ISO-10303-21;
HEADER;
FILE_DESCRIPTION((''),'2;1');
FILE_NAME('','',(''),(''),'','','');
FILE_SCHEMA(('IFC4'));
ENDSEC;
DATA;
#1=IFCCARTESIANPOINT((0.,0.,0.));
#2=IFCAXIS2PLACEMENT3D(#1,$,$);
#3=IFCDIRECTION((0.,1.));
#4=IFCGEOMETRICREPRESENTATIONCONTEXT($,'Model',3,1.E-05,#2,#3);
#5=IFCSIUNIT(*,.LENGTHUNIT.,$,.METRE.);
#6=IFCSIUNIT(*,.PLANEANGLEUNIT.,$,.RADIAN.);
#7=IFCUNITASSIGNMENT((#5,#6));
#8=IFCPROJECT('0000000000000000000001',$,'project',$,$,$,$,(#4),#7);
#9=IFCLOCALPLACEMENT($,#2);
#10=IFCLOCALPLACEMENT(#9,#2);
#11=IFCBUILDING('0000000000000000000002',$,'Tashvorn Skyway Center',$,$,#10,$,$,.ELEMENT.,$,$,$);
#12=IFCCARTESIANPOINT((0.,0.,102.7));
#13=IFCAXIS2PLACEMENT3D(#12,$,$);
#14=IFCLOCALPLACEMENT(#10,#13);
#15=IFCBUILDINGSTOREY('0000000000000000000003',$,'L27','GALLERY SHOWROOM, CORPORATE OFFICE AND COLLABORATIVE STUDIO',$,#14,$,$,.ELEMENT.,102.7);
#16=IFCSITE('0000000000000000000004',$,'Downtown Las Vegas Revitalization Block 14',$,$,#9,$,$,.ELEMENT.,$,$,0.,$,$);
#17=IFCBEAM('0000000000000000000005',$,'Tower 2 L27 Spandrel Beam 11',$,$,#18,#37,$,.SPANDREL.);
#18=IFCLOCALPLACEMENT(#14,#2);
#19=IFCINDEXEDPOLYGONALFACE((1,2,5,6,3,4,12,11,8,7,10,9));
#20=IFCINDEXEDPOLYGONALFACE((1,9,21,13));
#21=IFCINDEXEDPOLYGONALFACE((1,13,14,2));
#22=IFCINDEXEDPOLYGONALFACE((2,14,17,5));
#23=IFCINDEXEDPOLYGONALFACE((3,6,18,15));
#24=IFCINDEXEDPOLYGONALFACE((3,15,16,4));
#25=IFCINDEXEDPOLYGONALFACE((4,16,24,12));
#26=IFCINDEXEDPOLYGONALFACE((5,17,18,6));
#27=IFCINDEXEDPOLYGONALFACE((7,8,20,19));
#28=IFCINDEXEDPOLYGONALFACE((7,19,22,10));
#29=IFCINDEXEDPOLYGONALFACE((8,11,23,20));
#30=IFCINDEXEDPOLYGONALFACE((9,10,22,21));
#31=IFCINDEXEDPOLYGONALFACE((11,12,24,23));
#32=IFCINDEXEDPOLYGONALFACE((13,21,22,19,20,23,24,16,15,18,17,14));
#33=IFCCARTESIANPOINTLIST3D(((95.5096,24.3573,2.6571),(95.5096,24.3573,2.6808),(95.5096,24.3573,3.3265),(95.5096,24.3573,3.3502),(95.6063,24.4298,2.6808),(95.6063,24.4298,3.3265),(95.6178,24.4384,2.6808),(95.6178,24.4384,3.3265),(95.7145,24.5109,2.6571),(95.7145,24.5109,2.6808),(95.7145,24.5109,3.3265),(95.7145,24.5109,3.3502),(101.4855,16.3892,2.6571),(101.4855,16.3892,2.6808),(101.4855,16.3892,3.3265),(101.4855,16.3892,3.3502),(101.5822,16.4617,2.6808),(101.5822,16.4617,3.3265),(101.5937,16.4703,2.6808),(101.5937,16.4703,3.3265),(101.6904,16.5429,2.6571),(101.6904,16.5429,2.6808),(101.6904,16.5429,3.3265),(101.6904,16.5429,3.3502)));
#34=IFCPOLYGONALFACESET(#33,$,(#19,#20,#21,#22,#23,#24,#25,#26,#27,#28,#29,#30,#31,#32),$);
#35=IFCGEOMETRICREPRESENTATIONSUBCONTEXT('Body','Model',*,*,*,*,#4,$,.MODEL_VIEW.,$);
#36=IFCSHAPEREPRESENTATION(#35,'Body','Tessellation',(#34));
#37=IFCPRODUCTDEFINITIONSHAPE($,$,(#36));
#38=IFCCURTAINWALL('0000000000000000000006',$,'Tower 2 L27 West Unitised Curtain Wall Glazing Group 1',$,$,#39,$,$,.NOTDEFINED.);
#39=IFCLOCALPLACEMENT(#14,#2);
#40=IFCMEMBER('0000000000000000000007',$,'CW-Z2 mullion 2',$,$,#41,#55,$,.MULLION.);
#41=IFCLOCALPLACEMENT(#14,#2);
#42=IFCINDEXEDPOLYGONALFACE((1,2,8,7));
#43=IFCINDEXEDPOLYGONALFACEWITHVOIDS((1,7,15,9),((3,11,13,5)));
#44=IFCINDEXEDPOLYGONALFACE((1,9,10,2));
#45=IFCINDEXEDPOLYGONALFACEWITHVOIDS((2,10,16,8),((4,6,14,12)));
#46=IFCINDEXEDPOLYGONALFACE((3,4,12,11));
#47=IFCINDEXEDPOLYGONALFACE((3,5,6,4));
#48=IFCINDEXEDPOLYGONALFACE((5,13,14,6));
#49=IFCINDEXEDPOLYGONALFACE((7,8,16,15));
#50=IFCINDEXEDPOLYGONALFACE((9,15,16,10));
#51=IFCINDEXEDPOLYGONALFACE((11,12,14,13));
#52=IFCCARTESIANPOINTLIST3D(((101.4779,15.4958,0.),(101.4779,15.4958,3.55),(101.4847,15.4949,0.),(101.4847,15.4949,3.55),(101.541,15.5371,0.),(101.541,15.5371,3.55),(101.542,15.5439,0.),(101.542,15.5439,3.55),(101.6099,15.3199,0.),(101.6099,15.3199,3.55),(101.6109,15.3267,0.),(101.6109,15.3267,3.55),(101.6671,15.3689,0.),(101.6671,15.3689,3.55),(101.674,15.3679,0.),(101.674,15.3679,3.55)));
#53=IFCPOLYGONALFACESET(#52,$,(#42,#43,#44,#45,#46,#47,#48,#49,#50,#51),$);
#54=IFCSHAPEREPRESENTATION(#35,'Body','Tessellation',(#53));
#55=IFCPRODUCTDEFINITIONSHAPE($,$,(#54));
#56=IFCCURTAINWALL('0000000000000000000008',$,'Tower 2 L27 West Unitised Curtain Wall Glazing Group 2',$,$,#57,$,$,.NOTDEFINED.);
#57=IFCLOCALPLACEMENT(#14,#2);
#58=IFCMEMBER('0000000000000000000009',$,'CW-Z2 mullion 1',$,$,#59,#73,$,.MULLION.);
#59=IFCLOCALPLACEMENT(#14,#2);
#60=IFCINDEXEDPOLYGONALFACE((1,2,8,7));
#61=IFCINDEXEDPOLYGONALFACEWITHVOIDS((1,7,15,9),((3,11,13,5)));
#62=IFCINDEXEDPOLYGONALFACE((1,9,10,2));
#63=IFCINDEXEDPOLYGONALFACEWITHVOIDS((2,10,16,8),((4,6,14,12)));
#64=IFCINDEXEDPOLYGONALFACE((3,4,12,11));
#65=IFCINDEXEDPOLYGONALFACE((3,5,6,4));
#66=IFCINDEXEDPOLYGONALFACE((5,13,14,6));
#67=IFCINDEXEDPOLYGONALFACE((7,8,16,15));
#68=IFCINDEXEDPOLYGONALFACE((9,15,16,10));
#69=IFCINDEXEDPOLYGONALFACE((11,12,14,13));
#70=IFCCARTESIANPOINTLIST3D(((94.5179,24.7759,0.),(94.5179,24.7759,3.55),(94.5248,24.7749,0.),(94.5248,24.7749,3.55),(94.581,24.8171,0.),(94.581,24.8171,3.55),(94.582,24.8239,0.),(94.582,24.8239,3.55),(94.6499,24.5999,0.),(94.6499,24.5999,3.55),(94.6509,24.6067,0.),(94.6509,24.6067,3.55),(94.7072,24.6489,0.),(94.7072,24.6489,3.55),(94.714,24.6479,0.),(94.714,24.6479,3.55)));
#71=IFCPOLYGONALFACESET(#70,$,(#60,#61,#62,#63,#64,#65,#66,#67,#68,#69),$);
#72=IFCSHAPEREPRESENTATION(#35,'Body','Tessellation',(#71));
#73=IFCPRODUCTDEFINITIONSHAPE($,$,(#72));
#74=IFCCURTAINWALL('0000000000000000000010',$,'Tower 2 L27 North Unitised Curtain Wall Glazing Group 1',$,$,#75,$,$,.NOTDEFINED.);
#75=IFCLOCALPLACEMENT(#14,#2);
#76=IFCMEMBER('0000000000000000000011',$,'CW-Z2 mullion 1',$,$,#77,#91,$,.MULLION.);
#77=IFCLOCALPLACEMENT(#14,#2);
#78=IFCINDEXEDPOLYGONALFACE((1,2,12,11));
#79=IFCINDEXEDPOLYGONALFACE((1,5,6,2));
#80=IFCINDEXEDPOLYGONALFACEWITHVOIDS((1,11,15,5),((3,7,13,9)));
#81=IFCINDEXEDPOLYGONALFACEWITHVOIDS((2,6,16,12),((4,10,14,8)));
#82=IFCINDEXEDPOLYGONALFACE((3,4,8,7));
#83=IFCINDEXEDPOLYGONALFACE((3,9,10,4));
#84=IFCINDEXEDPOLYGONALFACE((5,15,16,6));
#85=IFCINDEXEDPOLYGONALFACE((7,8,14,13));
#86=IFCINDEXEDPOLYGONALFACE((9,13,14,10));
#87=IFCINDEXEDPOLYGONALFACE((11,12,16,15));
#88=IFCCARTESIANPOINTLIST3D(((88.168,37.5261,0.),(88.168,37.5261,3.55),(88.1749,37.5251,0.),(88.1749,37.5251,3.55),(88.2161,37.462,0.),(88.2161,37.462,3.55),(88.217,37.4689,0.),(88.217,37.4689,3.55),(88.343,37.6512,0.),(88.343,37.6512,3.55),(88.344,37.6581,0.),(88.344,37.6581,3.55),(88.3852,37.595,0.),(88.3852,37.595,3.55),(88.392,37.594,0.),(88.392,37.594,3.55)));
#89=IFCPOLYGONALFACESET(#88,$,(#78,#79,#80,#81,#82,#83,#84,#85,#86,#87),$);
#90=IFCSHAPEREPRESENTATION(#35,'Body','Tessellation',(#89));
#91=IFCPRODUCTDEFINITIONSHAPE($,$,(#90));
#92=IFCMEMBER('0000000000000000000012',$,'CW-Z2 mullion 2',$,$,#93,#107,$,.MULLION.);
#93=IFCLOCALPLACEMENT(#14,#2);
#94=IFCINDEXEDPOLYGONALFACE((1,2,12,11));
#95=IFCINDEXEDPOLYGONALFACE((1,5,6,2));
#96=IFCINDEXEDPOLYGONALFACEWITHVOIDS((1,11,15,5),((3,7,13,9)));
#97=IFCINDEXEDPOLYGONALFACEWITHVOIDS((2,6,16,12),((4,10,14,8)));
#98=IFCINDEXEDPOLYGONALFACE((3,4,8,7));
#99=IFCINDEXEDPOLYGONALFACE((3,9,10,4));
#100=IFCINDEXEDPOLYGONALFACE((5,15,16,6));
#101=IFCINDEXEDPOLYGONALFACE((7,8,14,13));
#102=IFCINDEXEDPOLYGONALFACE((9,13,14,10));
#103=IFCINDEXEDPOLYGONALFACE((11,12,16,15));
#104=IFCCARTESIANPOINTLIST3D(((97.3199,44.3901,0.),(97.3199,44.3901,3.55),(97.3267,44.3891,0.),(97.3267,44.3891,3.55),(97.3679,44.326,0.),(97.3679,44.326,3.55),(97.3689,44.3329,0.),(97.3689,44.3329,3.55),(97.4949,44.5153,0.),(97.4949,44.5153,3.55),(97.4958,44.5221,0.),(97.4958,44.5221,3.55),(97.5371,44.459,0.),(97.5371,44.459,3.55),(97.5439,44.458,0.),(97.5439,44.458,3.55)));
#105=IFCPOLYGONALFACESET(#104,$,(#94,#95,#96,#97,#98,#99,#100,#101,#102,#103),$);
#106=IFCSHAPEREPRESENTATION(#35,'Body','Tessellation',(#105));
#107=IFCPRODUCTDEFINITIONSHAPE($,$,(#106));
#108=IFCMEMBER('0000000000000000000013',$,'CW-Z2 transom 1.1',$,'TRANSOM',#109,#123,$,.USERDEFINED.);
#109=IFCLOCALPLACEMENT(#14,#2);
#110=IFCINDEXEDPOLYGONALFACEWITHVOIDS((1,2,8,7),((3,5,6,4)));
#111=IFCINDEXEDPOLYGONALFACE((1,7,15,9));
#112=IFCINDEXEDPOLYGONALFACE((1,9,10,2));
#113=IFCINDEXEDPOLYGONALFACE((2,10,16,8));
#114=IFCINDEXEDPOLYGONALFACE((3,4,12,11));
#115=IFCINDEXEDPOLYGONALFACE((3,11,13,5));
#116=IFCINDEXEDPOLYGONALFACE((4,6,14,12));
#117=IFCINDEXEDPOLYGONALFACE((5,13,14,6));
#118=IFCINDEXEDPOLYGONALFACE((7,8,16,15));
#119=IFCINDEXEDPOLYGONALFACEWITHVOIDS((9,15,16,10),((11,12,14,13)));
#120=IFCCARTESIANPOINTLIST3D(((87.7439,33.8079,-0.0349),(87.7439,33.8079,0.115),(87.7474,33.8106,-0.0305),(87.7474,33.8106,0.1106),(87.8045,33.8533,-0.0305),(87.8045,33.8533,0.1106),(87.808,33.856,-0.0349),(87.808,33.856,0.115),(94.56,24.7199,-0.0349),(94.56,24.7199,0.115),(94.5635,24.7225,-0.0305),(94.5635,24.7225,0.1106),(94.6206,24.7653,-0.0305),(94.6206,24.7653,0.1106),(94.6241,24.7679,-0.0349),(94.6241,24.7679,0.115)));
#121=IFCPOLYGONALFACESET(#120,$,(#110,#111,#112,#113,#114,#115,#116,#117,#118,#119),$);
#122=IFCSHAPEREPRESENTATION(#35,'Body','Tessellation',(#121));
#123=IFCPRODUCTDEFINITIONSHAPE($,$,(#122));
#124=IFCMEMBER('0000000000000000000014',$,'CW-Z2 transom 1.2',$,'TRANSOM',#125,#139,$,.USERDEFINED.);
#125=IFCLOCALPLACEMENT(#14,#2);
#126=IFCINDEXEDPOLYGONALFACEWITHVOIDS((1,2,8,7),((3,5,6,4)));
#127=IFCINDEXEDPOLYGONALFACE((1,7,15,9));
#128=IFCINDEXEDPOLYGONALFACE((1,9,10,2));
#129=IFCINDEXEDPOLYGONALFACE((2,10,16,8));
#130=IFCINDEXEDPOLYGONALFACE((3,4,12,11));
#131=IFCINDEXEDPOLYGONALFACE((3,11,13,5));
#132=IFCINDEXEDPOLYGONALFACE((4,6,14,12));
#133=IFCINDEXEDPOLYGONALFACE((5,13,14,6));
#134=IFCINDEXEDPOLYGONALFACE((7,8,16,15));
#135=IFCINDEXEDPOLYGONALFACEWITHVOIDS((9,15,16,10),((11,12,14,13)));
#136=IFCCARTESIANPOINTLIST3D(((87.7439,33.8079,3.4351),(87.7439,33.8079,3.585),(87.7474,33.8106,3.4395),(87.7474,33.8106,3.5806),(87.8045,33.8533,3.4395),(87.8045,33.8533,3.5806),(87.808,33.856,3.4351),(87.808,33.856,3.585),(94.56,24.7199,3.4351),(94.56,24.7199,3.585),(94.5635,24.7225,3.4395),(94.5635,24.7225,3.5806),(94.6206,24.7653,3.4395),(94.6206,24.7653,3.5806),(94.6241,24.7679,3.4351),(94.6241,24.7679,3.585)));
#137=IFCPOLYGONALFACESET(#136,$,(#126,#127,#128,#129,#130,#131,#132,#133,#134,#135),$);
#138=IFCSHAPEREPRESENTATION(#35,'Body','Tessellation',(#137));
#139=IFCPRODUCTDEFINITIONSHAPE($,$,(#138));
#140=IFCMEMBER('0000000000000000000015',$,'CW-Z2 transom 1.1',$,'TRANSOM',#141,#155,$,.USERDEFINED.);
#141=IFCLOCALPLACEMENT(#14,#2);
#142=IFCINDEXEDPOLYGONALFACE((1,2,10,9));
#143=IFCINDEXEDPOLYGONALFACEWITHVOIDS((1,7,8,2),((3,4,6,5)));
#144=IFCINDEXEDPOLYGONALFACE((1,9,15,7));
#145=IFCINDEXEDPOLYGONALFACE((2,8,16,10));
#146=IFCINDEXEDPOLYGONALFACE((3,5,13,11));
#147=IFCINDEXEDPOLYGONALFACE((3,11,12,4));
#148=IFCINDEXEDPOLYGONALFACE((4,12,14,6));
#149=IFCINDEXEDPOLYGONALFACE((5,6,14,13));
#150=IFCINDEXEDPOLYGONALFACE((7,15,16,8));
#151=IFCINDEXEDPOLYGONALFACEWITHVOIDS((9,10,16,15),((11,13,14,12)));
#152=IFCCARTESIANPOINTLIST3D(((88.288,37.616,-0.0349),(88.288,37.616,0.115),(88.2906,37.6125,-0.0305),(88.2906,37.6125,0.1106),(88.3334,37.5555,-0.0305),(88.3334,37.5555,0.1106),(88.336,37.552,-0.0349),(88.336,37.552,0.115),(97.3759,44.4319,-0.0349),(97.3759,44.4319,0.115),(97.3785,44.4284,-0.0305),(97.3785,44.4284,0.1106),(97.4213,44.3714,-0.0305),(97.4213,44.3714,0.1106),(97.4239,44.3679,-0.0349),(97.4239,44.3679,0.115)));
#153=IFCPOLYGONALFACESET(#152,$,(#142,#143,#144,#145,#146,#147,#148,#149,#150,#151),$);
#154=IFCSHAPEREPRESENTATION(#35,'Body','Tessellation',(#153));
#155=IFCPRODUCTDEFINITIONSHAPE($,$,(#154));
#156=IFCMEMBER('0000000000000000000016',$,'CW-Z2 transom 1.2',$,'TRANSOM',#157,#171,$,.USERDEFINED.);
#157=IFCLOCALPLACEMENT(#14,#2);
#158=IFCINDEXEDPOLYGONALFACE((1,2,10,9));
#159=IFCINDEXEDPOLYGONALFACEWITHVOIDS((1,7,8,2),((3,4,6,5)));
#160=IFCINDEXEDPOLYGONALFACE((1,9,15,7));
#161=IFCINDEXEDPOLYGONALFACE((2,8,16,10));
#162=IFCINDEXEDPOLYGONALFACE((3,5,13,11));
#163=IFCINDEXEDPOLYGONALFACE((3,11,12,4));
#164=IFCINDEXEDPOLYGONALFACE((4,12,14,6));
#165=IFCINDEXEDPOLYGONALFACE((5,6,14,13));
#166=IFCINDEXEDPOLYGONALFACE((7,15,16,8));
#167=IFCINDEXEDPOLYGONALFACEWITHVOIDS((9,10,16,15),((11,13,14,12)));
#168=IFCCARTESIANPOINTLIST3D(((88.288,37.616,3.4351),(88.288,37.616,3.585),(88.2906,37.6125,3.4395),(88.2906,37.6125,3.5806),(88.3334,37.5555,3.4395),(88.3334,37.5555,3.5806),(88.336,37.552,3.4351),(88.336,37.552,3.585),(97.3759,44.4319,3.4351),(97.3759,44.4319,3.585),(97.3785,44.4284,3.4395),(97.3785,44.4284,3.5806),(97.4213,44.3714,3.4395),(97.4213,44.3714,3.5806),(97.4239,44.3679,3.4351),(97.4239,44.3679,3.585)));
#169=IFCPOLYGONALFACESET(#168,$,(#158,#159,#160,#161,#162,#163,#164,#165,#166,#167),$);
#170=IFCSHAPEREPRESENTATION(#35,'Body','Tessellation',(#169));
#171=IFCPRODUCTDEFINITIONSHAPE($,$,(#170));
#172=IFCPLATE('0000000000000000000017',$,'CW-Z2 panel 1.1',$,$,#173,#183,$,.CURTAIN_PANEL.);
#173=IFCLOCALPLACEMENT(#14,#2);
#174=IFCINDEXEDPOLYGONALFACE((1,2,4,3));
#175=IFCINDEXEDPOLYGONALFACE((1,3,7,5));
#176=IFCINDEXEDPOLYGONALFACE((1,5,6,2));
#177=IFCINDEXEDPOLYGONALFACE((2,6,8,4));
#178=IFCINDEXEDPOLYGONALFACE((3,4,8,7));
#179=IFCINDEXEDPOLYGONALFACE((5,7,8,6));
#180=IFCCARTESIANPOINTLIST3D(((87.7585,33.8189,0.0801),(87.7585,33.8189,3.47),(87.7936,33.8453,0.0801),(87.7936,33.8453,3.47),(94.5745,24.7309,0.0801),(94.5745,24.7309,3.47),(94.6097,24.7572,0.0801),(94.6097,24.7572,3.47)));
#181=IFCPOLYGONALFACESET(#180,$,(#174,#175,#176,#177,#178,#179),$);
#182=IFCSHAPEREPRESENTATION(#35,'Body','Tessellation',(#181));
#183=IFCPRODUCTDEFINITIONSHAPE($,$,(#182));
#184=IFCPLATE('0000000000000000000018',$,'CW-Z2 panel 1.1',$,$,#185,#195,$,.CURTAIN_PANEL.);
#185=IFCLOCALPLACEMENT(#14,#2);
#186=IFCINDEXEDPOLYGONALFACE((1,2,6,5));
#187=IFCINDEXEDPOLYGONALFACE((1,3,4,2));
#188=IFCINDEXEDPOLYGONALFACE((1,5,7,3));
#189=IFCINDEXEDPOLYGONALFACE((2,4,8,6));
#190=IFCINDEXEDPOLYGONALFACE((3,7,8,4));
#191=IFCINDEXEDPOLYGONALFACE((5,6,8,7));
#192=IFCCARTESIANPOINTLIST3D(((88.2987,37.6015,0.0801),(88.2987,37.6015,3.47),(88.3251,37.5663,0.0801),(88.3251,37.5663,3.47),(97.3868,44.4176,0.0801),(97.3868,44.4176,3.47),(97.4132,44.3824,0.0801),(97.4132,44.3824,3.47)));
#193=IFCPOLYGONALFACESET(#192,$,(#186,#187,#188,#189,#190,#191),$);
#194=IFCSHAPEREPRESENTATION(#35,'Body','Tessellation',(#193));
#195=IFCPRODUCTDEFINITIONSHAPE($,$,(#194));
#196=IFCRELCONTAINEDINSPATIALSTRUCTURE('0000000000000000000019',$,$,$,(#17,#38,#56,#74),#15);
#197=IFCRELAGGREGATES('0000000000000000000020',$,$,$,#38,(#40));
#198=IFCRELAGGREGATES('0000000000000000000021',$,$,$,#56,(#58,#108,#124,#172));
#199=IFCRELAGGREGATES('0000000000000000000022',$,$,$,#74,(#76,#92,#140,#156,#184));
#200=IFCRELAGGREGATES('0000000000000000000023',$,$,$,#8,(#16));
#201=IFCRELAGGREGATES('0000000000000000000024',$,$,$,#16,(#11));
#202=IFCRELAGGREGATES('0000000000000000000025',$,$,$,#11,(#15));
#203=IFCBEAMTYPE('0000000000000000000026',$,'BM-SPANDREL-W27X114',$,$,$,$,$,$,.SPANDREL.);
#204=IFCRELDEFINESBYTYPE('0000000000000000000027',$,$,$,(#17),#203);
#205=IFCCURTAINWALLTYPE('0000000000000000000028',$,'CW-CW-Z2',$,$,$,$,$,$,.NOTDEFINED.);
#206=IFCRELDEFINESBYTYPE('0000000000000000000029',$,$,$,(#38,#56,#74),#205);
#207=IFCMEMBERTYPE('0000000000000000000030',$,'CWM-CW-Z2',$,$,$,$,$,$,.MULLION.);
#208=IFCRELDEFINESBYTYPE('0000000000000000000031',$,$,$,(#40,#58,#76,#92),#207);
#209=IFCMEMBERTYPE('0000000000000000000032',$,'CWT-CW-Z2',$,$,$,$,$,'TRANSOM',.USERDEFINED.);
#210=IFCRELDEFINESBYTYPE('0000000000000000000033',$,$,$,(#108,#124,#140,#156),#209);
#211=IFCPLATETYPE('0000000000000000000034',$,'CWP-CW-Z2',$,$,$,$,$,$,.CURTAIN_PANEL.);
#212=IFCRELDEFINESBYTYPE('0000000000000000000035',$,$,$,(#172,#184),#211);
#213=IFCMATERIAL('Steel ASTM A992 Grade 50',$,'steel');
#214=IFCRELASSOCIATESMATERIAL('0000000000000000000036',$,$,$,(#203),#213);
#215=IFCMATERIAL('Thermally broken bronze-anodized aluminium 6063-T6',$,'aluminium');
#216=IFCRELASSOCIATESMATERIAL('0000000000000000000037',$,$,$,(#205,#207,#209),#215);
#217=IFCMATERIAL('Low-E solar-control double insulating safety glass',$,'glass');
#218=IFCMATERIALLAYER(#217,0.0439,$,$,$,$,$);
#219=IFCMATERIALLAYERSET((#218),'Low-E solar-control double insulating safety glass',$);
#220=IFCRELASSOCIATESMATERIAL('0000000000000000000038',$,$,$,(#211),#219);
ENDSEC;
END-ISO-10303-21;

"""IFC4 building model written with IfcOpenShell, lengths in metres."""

from ifc_helpers import new_model, si_unit, direction, frame, origin, origin_2d, place, context, subcontext, project, spatial, rectangle, hollow_rectangle, i_section, extrude, material, layer, layer_set, material_profile, profile_set, type_object, element, aggregate, save


model = new_model("IFC4")

# Units and contexts
model_context = context("Model", 3, precision=1e-05, world=origin(), true_north=direction((0.0, 1.0)))
body_context = subcontext(model_context, "Body", "Model", "MODEL_VIEW")
ifc_project = project(units=[si_unit("LENGTHUNIT", "METRE"), si_unit("PLANEANGLEUNIT", "RADIAN")], contexts=[model_context])

# Site, building, storey
site_placement = place(None, origin())
site = spatial("IfcSite", under=ifc_project, at=site_placement, Name="Downtown Las Vegas Revitalization Block 14", CompositionType="ELEMENT", RefElevation=0.0)
building_placement = place(site_placement, origin())
building = spatial("IfcBuilding", under=site, at=building_placement, Name="Tashvorn Skyway Center", CompositionType="ELEMENT")
storey_placement = place(building_placement, frame((0.0, 0.0, 102.7)))
storey = spatial("IfcBuildingStorey", under=building, at=storey_placement, Name="L27", Description="GALLERY SHOWROOM, CORPORATE OFFICE AND COLLABORATIVE STUDIO", CompositionType="ELEMENT", Elevation=102.7)

# Beam
ifc_material_1 = material(Name="Steel ASTM A992 Grade 50", Category="steel")
ifc_material_profile_1 = material_profile(ifc_material_1, i_section(OverallWidth=0.2561, OverallDepth=0.6931, WebThickness=0.0144, FlangeThickness=0.0237, at=origin_2d()), Name="W27X114")
ifc_profile_set_1 = profile_set([ifc_material_profile_1], Name="Steel ASTM A992 Grade 50")
beam_type_1 = type_object("IfcBeamType", Name="BM-SPANDREL-W27X114", PredefinedType="SPANDREL", material=ifc_profile_set_1)
beam_1_placement = place(storey_placement, frame((95.6121, 24.4341, 3.0037), z_axis=(0.599988, -0.800009, 0.0), x_axis=(0.800009, 0.599988, 0.0)))
element("IfcBeam", 1, at=beam_1_placement, inside=storey, type_object=beam_type_1, Name="Tower 2 L27 Spandrel Beam 11", PredefinedType="SPANDREL", context=body_context, shape_type="SweptSolid", body=[
    extrude(i_section(OverallWidth=0.2561, OverallDepth=0.6931, WebThickness=0.0144, FlangeThickness=0.0237, at=origin_2d()), origin(), (0.0, 0.0, 1.0), 9.96),
])

# Curtain walls, members
ifc_material_2 = material(Name="Thermally broken bronze-anodized aluminium 6063-T6", Category="aluminium")
curtain_wall_type = type_object("IfcCurtainWallType", Name="CW-CW-Z2", PredefinedType="NOTDEFINED", material=ifc_material_2)
curtain_wall_1_placement = place(storey_placement, origin())
curtain_wall_1 = element("IfcCurtainWall", 2, at=curtain_wall_1_placement, inside=storey, type_object=curtain_wall_type, Name="Tower 2 L27 West Unitised Curtain Wall Glazing Group 1", PredefinedType="NOTDEFINED")
ifc_material_profile_2 = material_profile(ifc_material_2, hollow_rectangle(XDim=0.0801, YDim=0.22, WallThickness=0.0049, at=origin_2d()), Name="ALU-MULL-80x220")
ifc_profile_set_2 = profile_set([ifc_material_profile_2], Name="Thermally broken bronze-anodized aluminium 6063-T6")
member_type_1 = type_object("IfcMemberType", Name="CWM-CW-Z2", PredefinedType="MULLION", material=ifc_profile_set_2)
member_1_placement = place(storey_placement, frame((101.5759, 15.4319, 0.0), z_axis=(0.0, 0.0, 1.0), x_axis=(-0.8, -0.6, 0.0)))
member_1 = element("IfcMember", 3, at=member_1_placement, type_object=member_type_1, Name="CW-Z2 mullion 2", PredefinedType="MULLION", context=body_context, shape_type="SweptSolid", body=[
    extrude(hollow_rectangle(XDim=0.0801, YDim=0.22, WallThickness=0.0049, at=origin_2d()), origin(), (0.0, 0.0, 1.0), 3.55),
])
aggregate(curtain_wall_1, [member_1])
curtain_wall_2_placement = place(storey_placement, origin())
curtain_wall_2 = element("IfcCurtainWall", 4, at=curtain_wall_2_placement, inside=storey, type_object=curtain_wall_type, Name="Tower 2 L27 West Unitised Curtain Wall Glazing Group 2", PredefinedType="NOTDEFINED")
member_2_placement = place(storey_placement, frame((94.616, 24.7119, 0.0), z_axis=(0.0, 0.0, 1.0), x_axis=(-0.8, -0.6, 0.0)))
member_2 = element("IfcMember", 5, at=member_2_placement, type_object=member_type_1, Name="CW-Z2 mullion 1", PredefinedType="MULLION", context=body_context, shape_type="SweptSolid", body=[
    extrude(hollow_rectangle(XDim=0.0801, YDim=0.22, WallThickness=0.0049, at=origin_2d()), origin(), (0.0, 0.0, 1.0), 3.55),
])

# Curtain wall, members
curtain_wall_3_placement = place(storey_placement, origin())
curtain_wall_3 = element("IfcCurtainWall", 6, at=curtain_wall_3_placement, inside=storey, type_object=curtain_wall_type, Name="Tower 2 L27 North Unitised Curtain Wall Glazing Group 1", PredefinedType="NOTDEFINED")
member_3_placement = place(storey_placement, frame((88.28, 37.5601, 0.0), z_axis=(0.0, 0.0, 1.0), x_axis=(-0.6, 0.8, 0.0)))
member_3 = element("IfcMember", 7, at=member_3_placement, type_object=member_type_1, Name="CW-Z2 mullion 1", PredefinedType="MULLION", context=body_context, shape_type="SweptSolid", body=[
    extrude(hollow_rectangle(XDim=0.0801, YDim=0.22, WallThickness=0.0049, at=origin_2d()), origin(), (0.0, 0.0, 1.0), 3.55),
])
member_4_placement = place(storey_placement, frame((97.4319, 44.4241, 0.0), z_axis=(0.0, 0.0, 1.0), x_axis=(-0.6, 0.8, 0.0)))
member_4 = element("IfcMember", 8, at=member_4_placement, type_object=member_type_1, Name="CW-Z2 mullion 2", PredefinedType="MULLION", context=body_context, shape_type="SweptSolid", body=[
    extrude(hollow_rectangle(XDim=0.0801, YDim=0.22, WallThickness=0.0049, at=origin_2d()), origin(), (0.0, 0.0, 1.0), 3.55),
])

# Members
ifc_material_profile_3 = material_profile(ifc_material_2, hollow_rectangle(XDim=0.0801, YDim=0.1499, WallThickness=0.0044, at=origin_2d()), Name="ALU-TRAN-80x150")
ifc_profile_set_3 = profile_set([ifc_material_profile_3], Name="Thermally broken bronze-anodized aluminium 6063-T6")
member_type_2 = type_object("IfcMemberType", Name="CWT-CW-Z2", ElementType="TRANSOM", PredefinedType="USERDEFINED", material=ifc_profile_set_3)
member_5_placement = place(storey_placement, frame((94.592, 24.7439, 0.04), z_axis=(-0.600003, 0.799997, 0.0), x_axis=(-0.799997, -0.600003, 0.0)))
member_5 = element("IfcMember", 9, at=member_5_placement, type_object=member_type_2, Name="CW-Z2 transom 1.1", ObjectType="TRANSOM", PredefinedType="USERDEFINED", context=body_context, shape_type="SweptSolid", body=[
    extrude(hollow_rectangle(XDim=0.0801, YDim=0.1499, WallThickness=0.0044, at=origin_2d()), origin(), (0.0, 0.0, 1.0), 11.3601),
])
member_6_placement = place(storey_placement, frame((94.592, 24.7439, 3.51), z_axis=(-0.600003, 0.799997, 0.0), x_axis=(-0.799997, -0.600003, 0.0)))
member_6 = element("IfcMember", 10, at=member_6_placement, type_object=member_type_2, Name="CW-Z2 transom 1.2", ObjectType="TRANSOM", PredefinedType="USERDEFINED", context=body_context, shape_type="SweptSolid", body=[
    extrude(hollow_rectangle(XDim=0.0801, YDim=0.1499, WallThickness=0.0044, at=origin_2d()), origin(), (0.0, 0.0, 1.0), 11.3601),
])
member_7_placement = place(storey_placement, frame((88.312, 37.584, 0.04), z_axis=(0.8, 0.6, 0.0), x_axis=(-0.6, 0.8, 0.0)))
member_7 = element("IfcMember", 11, at=member_7_placement, type_object=member_type_2, Name="CW-Z2 transom 1.1", ObjectType="TRANSOM", PredefinedType="USERDEFINED", context=body_context, shape_type="SweptSolid", body=[
    extrude(hollow_rectangle(XDim=0.0801, YDim=0.1499, WallThickness=0.0044, at=origin_2d()), origin(), (0.0, 0.0, 1.0), 11.3599),
])
member_8_placement = place(storey_placement, frame((88.312, 37.584, 3.51), z_axis=(0.8, 0.6, 0.0), x_axis=(-0.6, 0.8, 0.0)))
member_8 = element("IfcMember", 12, at=member_8_placement, type_object=member_type_2, Name="CW-Z2 transom 1.2", ObjectType="TRANSOM", PredefinedType="USERDEFINED", context=body_context, shape_type="SweptSolid", body=[
    extrude(hollow_rectangle(XDim=0.0801, YDim=0.1499, WallThickness=0.0044, at=origin_2d()), origin(), (0.0, 0.0, 1.0), 11.3599),
])

# Plates
ifc_material_3 = material(Name="Low-E solar-control double insulating safety glass", Category="glass")
ifc_layer_1 = layer(ifc_material_3, 0.0439)
ifc_layer_set_1 = layer_set([ifc_layer_1], Name="Low-E solar-control double insulating safety glass")
plate_type = type_object("IfcPlateType", Name="CWP-CW-Z2", PredefinedType="CURTAIN_PANEL", material=ifc_layer_set_1)
plate_1_placement = place(storey_placement, frame((91.1841, 29.2881, 0.0801), z_axis=(0.0, 0.0, 1.0), x_axis=(-0.6, 0.8, 0.0)))
plate_1 = element("IfcPlate", 13, at=plate_1_placement, type_object=plate_type, Name="CW-Z2 panel 1.1", PredefinedType="CURTAIN_PANEL", context=body_context, shape_type="SweptSolid", body=[
    extrude(rectangle(XDim=11.3601, YDim=0.0439, at=origin_2d()), origin(), (0.0, 0.0, 1.0), 3.3899),
])
aggregate(curtain_wall_2, [member_2, member_5, member_6, plate_1])
plate_2_placement = place(storey_placement, frame((92.856, 40.9919, 0.0801), z_axis=(0.0, 0.0, 1.0), x_axis=(0.8, 0.6, 0.0)))
plate_2 = element("IfcPlate", 14, at=plate_2_placement, type_object=plate_type, Name="CW-Z2 panel 1.1", PredefinedType="CURTAIN_PANEL", context=body_context, shape_type="SweptSolid", body=[
    extrude(rectangle(XDim=11.3601, YDim=0.0439, at=origin_2d()), origin(), (0.0, 0.0, 1.0), 3.3899),
])
aggregate(curtain_wall_3, [member_3, member_4, member_7, member_8, plate_2])

save(model, "model.ifc")
